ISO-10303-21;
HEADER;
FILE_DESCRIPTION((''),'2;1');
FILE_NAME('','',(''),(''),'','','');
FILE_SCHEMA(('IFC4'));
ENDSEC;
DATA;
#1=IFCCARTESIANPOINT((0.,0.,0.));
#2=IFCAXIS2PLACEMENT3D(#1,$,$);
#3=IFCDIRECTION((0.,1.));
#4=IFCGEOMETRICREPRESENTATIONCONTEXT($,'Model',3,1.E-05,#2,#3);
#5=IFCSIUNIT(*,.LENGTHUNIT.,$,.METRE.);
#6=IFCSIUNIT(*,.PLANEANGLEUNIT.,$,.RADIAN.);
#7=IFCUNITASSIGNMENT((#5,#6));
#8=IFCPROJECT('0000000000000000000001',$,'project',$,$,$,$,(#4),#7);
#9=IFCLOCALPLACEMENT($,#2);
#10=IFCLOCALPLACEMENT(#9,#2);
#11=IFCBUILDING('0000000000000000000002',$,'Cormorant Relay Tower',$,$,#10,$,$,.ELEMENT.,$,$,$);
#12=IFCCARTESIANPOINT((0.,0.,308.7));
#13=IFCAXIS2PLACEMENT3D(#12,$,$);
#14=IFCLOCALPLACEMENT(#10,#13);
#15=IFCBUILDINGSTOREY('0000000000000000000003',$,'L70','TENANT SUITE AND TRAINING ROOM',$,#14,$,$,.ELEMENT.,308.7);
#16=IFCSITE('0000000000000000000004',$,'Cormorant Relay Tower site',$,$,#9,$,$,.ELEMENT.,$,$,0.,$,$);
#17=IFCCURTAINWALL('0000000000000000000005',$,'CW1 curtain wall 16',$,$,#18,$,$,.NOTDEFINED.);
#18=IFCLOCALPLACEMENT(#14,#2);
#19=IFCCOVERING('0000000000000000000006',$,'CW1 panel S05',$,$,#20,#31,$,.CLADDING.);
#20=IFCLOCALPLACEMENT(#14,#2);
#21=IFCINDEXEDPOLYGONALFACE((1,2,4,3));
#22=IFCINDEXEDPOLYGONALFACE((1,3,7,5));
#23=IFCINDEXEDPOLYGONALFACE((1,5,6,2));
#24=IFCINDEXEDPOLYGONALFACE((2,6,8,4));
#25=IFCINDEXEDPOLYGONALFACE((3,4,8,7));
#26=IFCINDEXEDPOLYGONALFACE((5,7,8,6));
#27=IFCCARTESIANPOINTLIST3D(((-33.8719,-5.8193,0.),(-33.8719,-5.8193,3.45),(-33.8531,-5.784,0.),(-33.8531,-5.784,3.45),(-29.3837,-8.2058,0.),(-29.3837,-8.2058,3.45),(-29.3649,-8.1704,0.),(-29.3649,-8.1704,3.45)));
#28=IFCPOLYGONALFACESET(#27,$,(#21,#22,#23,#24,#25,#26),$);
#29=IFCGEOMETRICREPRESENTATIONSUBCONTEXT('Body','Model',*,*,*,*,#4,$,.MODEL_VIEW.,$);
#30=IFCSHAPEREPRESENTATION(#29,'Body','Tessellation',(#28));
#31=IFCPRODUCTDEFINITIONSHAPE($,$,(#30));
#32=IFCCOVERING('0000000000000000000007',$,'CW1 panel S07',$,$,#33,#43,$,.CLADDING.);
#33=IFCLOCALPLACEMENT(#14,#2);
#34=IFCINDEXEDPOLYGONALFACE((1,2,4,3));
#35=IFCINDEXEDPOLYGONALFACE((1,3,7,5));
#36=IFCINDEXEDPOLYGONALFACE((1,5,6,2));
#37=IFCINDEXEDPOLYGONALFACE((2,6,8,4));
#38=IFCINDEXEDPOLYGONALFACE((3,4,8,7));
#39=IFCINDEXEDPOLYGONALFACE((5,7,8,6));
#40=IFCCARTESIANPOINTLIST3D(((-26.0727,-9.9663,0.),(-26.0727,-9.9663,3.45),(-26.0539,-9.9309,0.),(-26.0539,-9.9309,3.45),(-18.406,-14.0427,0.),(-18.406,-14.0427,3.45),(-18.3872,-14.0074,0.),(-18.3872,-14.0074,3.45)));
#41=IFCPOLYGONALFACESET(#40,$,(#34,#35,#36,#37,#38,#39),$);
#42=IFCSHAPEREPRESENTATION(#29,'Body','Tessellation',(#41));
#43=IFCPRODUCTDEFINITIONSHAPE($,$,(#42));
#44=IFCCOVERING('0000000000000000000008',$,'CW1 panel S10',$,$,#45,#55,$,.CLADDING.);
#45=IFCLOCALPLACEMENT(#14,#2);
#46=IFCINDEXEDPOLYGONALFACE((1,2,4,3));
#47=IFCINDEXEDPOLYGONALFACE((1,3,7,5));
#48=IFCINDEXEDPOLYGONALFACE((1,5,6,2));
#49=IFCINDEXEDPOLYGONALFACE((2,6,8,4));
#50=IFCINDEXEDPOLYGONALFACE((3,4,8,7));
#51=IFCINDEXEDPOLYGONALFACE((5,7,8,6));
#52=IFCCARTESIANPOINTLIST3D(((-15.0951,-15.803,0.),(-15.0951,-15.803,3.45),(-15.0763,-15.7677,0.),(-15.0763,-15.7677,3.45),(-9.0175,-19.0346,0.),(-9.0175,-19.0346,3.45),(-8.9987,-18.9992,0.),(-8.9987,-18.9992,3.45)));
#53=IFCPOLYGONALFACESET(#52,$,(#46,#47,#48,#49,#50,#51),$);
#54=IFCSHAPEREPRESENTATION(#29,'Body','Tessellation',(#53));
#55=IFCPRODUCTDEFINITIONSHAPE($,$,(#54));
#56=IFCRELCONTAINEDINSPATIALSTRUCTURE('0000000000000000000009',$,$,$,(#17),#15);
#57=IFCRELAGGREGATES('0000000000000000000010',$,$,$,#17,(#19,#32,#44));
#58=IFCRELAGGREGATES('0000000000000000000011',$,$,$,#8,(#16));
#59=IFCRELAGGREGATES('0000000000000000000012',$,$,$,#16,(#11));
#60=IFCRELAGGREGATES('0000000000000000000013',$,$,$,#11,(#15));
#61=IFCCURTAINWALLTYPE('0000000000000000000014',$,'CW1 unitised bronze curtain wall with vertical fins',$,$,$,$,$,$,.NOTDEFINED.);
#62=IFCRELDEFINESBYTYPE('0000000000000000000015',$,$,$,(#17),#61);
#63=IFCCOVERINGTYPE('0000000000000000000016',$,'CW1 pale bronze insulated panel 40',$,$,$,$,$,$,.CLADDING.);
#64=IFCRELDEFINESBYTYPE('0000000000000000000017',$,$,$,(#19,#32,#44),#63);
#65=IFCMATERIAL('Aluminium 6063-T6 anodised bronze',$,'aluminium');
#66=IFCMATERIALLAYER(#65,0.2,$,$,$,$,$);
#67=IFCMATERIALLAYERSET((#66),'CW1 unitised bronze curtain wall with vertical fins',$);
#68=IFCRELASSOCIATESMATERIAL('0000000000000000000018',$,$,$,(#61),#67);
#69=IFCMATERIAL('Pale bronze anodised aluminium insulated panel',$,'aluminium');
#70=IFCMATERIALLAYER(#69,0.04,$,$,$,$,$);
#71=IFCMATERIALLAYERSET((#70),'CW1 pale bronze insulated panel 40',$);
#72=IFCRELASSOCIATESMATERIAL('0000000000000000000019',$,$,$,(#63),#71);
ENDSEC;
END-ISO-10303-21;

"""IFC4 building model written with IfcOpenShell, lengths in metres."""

from ifc_helpers import new_model, si_unit, direction, frame, origin, origin_2d, place, context, subcontext, project, spatial, rectangle, extrude, material, layer, layer_set, type_object, element, aggregate, save


model = new_model("IFC4")

# Units and contexts
model_context = context("Model", 3, precision=1e-05, world=origin(), true_north=direction((0.0, 1.0)))
body_context = subcontext(model_context, "Body", "Model", "MODEL_VIEW")
ifc_project = project(units=[si_unit("LENGTHUNIT", "METRE"), si_unit("PLANEANGLEUNIT", "RADIAN")], contexts=[model_context])

# Site, building, storey
site_placement = place(None, origin())
site = spatial("IfcSite", under=ifc_project, at=site_placement, Name="Cormorant Relay Tower site", CompositionType="ELEMENT", RefElevation=0.0)
building_placement = place(site_placement, origin())
building = spatial("IfcBuilding", under=site, at=building_placement, Name="Cormorant Relay Tower", CompositionType="ELEMENT")
storey_placement = place(building_placement, frame((0.0, 0.0, 308.7)))
storey = spatial("IfcBuildingStorey", under=building, at=storey_placement, Name="L70", Description="TENANT SUITE AND TRAINING ROOM", CompositionType="ELEMENT", Elevation=308.7)

# Curtain wall
ifc_material_1 = material(Name="Aluminium 6063-T6 anodised bronze", Category="aluminium")
ifc_layer_1 = layer(ifc_material_1, 0.2)
ifc_layer_set_1 = layer_set([ifc_layer_1], Name="CW1 unitised bronze curtain wall with vertical fins")
curtain_wall_type = type_object("IfcCurtainWallType", Name="CW1 unitised bronze curtain wall with vertical fins", PredefinedType="NOTDEFINED", material=ifc_layer_set_1)
curtain_wall_placement = place(storey_placement, origin())
curtain_wall = element("IfcCurtainWall", 1, at=curtain_wall_placement, inside=storey, type_object=curtain_wall_type, Name="CW1 curtain wall 16", PredefinedType="NOTDEFINED")

# Coverings
ifc_material_2 = material(Name="Pale bronze anodised aluminium insulated panel", Category="aluminium")
ifc_layer_2 = layer(ifc_material_2, 0.04)
ifc_layer_set_2 = layer_set([ifc_layer_2], Name="CW1 pale bronze insulated panel 40")
covering_type = type_object("IfcCoveringType", Name="CW1 pale bronze insulated panel 40", PredefinedType="CLADDING", material=ifc_layer_set_2)
covering_1_placement = place(storey_placement, frame((-31.6184, -6.9949, 0.0), z_axis=(0.0, 0.0, 1.0), x_axis=(0.882948, -0.469472, 0.0)))
covering_1 = element("IfcCovering", 2, at=covering_1_placement, type_object=covering_type, Name="CW1 panel S05", PredefinedType="CLADDING", context=body_context, shape_type="SweptSolid", body=[
    extrude(rectangle(XDim=5.0833, YDim=0.04, at=origin_2d()), origin(), (0.0, 0.0, 1.0), 3.45),
])
covering_2_placement = place(storey_placement, frame((-22.23, -11.9868, 0.0), z_axis=(0.0, 0.0, 1.0), x_axis=(0.882948, -0.469472, 0.0)))
covering_2 = element("IfcCovering", 3, at=covering_2_placement, type_object=covering_type, Name="CW1 panel S07", PredefinedType="CLADDING", context=body_context, shape_type="SweptSolid", body=[
    extrude(rectangle(XDim=8.6831, YDim=0.04, at=origin_2d()), origin(), (0.0, 0.0, 1.0), 3.45),
])
covering_3_placement = place(storey_placement, frame((-12.0469, -17.4011, 0.0), z_axis=(0.0, 0.0, 1.0), x_axis=(0.882948, -0.469472, 0.0)))
covering_3 = element("IfcCovering", 4, at=covering_3_placement, type_object=covering_type, Name="CW1 panel S10", PredefinedType="CLADDING", context=body_context, shape_type="SweptSolid", body=[
    extrude(rectangle(XDim=6.8833, YDim=0.04, at=origin_2d()), origin(), (0.0, 0.0, 1.0), 3.45),
])
aggregate(curtain_wall, [covering_1, covering_2, covering_3])

save(model, "model.ifc")
